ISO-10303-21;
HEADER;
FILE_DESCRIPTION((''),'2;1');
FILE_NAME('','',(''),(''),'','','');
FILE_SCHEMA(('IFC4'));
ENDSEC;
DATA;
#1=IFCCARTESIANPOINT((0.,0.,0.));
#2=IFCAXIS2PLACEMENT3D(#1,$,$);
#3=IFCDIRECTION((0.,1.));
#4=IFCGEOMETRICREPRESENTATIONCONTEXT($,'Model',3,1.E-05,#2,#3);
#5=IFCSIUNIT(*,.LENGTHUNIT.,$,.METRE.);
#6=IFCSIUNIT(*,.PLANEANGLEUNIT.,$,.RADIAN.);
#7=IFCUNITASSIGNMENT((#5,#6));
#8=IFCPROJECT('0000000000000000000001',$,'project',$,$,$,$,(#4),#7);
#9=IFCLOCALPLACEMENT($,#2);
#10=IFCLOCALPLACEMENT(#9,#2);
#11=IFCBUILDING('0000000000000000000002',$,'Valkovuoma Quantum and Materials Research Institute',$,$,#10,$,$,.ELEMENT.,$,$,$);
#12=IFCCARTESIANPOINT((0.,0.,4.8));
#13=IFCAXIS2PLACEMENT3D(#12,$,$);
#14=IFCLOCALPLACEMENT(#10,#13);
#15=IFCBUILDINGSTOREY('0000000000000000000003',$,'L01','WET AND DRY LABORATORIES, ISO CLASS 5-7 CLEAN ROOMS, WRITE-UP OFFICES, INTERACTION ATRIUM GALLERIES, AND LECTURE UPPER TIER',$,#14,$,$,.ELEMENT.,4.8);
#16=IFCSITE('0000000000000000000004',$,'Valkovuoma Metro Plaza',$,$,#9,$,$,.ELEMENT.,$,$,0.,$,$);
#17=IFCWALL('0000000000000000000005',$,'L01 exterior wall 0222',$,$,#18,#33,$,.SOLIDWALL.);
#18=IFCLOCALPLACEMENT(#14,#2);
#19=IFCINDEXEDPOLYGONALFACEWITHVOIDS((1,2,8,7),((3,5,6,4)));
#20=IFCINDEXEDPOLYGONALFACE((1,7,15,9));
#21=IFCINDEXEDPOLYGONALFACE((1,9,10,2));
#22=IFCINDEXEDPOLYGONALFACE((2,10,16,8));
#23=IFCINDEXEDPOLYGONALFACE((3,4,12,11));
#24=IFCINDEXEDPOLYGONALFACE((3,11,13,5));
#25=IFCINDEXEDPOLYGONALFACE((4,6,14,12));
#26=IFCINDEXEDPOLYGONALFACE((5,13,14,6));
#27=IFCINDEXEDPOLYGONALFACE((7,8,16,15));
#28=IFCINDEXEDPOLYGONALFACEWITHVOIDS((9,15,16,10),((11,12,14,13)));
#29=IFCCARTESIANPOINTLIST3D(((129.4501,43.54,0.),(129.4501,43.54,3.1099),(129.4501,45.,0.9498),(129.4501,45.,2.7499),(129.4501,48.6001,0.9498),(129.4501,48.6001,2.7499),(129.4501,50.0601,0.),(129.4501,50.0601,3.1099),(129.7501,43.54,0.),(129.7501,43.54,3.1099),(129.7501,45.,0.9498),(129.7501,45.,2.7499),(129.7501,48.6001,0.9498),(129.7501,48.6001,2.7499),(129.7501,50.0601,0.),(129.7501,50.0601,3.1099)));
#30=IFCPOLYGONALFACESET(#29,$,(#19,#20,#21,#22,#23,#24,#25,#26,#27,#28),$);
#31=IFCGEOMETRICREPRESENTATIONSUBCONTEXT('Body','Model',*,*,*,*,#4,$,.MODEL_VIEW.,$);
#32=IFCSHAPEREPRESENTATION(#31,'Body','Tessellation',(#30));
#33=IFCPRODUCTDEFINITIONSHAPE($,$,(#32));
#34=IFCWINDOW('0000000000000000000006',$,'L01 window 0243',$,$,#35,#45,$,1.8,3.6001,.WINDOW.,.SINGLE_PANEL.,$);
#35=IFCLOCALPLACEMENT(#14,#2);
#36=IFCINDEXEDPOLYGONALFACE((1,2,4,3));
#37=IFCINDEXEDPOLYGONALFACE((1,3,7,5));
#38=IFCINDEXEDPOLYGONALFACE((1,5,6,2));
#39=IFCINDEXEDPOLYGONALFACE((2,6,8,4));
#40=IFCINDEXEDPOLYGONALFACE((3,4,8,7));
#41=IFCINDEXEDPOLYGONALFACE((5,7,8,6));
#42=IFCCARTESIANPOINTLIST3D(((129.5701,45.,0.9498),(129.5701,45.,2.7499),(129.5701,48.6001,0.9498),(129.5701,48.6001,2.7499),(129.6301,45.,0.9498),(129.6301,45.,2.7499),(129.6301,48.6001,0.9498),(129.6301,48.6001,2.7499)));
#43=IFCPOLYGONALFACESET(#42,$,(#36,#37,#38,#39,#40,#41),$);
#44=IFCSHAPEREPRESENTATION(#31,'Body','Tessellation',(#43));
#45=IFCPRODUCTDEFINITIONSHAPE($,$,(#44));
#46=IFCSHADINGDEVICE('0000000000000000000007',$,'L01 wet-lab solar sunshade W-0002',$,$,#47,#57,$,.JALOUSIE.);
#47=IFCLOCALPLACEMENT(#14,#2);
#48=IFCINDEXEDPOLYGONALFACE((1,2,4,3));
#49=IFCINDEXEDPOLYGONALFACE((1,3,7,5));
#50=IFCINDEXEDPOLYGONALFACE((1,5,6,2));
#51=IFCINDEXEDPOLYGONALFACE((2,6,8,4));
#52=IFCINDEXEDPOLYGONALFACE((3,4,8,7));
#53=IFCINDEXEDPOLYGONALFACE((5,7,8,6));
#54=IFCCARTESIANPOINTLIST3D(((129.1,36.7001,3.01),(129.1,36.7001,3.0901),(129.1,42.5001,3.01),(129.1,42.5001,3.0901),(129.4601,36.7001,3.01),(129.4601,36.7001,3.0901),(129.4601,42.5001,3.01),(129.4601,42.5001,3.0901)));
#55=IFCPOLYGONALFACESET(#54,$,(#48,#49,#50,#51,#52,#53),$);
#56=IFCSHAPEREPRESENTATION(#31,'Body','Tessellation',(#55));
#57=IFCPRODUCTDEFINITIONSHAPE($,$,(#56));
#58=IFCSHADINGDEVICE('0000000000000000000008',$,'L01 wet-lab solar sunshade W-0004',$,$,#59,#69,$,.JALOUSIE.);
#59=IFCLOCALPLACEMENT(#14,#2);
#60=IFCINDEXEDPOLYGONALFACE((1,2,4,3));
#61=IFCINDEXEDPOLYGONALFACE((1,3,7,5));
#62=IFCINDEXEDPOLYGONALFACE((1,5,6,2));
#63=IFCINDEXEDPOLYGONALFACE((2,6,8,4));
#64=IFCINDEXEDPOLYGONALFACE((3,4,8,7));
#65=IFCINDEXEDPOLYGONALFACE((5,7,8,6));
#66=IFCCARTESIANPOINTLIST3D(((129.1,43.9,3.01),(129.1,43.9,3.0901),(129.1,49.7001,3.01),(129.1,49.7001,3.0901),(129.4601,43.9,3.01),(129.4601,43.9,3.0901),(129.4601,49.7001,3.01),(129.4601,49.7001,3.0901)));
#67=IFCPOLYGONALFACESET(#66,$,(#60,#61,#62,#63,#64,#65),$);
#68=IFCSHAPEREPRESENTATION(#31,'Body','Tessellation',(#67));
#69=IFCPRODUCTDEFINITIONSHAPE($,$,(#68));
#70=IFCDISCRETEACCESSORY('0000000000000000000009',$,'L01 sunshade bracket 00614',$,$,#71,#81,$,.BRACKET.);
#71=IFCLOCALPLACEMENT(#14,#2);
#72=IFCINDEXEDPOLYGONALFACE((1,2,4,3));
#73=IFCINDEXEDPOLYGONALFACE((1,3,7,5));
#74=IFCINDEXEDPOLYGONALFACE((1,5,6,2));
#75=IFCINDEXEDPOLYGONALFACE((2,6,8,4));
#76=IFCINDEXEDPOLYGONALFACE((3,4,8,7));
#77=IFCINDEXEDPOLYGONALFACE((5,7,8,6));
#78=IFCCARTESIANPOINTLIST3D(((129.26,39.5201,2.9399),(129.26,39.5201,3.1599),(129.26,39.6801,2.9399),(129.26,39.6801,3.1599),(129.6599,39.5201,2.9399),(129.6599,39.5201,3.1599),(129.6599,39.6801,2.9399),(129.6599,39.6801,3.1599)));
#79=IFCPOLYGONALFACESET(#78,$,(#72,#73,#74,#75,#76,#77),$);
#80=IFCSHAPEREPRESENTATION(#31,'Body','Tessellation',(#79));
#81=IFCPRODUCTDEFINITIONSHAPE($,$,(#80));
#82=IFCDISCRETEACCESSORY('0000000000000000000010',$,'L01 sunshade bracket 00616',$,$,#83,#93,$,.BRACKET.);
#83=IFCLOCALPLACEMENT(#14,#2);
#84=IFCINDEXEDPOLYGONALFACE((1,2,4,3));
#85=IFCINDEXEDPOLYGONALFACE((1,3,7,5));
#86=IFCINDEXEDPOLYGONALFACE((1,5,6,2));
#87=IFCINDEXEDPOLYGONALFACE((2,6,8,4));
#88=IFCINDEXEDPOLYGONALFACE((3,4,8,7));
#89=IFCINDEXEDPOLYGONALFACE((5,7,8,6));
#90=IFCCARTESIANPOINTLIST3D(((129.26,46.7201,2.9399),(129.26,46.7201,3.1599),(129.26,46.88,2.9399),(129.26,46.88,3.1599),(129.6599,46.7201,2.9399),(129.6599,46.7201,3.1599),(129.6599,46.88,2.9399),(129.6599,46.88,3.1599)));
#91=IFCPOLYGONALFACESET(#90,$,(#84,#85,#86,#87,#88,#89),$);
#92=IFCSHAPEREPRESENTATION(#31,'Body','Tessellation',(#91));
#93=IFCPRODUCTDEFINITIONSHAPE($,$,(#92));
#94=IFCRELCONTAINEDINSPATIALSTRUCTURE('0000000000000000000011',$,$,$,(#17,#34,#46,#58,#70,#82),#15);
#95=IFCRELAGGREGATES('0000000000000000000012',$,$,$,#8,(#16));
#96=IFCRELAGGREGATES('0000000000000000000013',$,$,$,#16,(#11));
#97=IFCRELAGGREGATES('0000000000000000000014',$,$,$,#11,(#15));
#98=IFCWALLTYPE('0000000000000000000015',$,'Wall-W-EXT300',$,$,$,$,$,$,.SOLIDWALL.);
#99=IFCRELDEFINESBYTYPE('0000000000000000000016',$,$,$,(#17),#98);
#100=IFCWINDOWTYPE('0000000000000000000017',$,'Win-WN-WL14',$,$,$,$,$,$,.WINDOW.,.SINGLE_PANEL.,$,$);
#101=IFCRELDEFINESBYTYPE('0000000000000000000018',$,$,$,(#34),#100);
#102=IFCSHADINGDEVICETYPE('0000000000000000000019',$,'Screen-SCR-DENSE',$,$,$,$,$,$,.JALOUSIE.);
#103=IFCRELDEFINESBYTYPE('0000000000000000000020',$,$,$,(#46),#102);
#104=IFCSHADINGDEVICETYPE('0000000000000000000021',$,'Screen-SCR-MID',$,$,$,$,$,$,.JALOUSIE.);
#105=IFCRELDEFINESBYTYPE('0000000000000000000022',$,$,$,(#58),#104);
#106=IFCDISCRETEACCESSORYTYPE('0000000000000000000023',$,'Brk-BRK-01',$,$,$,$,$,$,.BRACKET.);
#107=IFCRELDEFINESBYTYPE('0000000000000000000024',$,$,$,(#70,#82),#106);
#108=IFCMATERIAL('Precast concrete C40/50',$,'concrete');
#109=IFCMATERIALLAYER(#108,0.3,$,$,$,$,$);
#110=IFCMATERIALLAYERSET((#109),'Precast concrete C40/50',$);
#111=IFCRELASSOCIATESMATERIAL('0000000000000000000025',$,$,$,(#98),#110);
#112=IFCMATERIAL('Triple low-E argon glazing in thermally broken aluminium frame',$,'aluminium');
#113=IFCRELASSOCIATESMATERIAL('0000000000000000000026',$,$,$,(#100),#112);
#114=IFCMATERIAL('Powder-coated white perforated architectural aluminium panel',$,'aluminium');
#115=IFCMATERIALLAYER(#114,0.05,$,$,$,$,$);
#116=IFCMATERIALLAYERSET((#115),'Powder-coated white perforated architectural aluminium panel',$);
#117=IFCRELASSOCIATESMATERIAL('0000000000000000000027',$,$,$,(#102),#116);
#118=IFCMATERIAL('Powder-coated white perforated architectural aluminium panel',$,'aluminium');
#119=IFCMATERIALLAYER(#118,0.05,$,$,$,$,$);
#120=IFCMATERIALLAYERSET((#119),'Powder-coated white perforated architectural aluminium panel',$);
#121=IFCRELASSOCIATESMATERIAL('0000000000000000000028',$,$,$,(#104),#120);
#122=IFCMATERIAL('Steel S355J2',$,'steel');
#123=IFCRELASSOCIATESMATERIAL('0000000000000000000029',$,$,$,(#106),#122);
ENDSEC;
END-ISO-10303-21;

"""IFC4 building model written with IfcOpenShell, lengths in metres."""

from ifc_helpers import new_model, si_unit, direction, frame, frame_2d, origin, origin_2d, place, context, subcontext, project, spatial, rectangle, extrude, material, layer, layer_set, type_object, element, fill, save


model = new_model("IFC4")

# Units and contexts
model_context = context("Model", 3, precision=1e-05, world=origin(), true_north=direction((0.0, 1.0)))
body_context = subcontext(model_context, "Body", "Model", "MODEL_VIEW")
ifc_project = project(units=[si_unit("LENGTHUNIT", "METRE"), si_unit("PLANEANGLEUNIT", "RADIAN")], contexts=[model_context])

# Site, building, storey
site_placement = place(None, origin())
site = spatial("IfcSite", under=ifc_project, at=site_placement, Name="Valkovuoma Metro Plaza", CompositionType="ELEMENT", RefElevation=0.0)
building_placement = place(site_placement, origin())
building = spatial("IfcBuilding", under=site, at=building_placement, Name="Valkovuoma Quantum and Materials Research Institute", CompositionType="ELEMENT")
storey_placement = place(building_placement, frame((0.0, 0.0, 4.8)))
storey = spatial("IfcBuildingStorey", under=building, at=storey_placement, Name="L01", Description="WET AND DRY LABORATORIES, ISO CLASS 5-7 CLEAN ROOMS, WRITE-UP OFFICES, INTERACTION ATRIUM GALLERIES, AND LECTURE UPPER TIER", CompositionType="ELEMENT", Elevation=4.8)

# Wall, opening, window
ifc_material_1 = material(Name="Precast concrete C40/50", Category="concrete")
ifc_layer_1 = layer(ifc_material_1, 0.3)
ifc_layer_set_1 = layer_set([ifc_layer_1], Name="Precast concrete C40/50")
wall_type = type_object("IfcWallType", Name="Wall-W-EXT300", PredefinedType="SOLIDWALL", material=ifc_layer_set_1)
wall_1_placement = place(storey_placement, frame((129.6001, 43.54, 0.0), z_axis=(0.0, 0.0, 1.0), x_axis=(0.0, 1.0, 0.0)))
wall_1 = element("IfcWall", 1, at=wall_1_placement, inside=storey, type_object=wall_type, Name="L01 exterior wall 0222", PredefinedType="SOLIDWALL", context=body_context, shape_type="SweptSolid", body=[
    extrude(rectangle(XDim=6.52, YDim=0.3, at=frame_2d((3.26, 0.0))), origin(), (0.0, 0.0, 1.0), 3.1099),
])
opening_1_placement = place(wall_1_placement, frame((1.46, 0.0, 0.95)))
opening_1 = element("IfcOpeningElement", 2, at=opening_1_placement, cuts=wall_1, PredefinedType="OPENING", context=body_context, shape_type="SweptSolid", body=[
    extrude(rectangle(XDim=3.6001, YDim=1.8, at=frame_2d((1.8, 0.8999))), frame((0.0, 0.1602, 0.0), z_axis=(0.0, -1.0, 0.0), x_axis=(1.0, 0.0, 0.0)), (0.0, 0.0, 1.0), 0.3201),
])
ifc_material_2 = material(Name="Triple low-E argon glazing in thermally broken aluminium frame", Category="aluminium")
window_type_1 = type_object("IfcWindowType", Name="Win-WN-WL14", PartitioningType="SINGLE_PANEL", PredefinedType="WINDOW", material=ifc_material_2)
window_1_placement = place(opening_1_placement, origin())
window_1 = element("IfcWindow", 3, at=window_1_placement, inside=storey, type_object=window_type_1, Name="L01 window 0243", OverallHeight=1.8, OverallWidth=3.6001, PartitioningType="SINGLE_PANEL", PredefinedType="WINDOW", context=body_context, shape_type="SweptSolid", body=[
    extrude(rectangle(XDim=3.6001, YDim=1.8, at=frame_2d((1.8, 0.8999))), frame((0.0, 0.03, 0.0), z_axis=(0.0, -1.0, 0.0), x_axis=(1.0, 0.0, 0.0)), (0.0, 0.0, 1.0), 0.0601),
])
fill(opening_1, window_1)

# Shading devices
ifc_material_3 = material(Name="Powder-coated white perforated architectural aluminium panel", Category="aluminium")
ifc_layer_2 = layer(ifc_material_3, 0.05)
ifc_layer_set_2 = layer_set([ifc_layer_2], Name="Powder-coated white perforated architectural aluminium panel")
shading_device_type_1 = type_object("IfcShadingDeviceType", Name="Screen-SCR-DENSE", PredefinedType="JALOUSIE", material=ifc_layer_set_2)
shading_device_1_placement = place(storey_placement, frame((129.28, 39.6001, 3.01), z_axis=(0.0, 0.0, 1.0), x_axis=(1.0, 0.0, 0.0)))
element("IfcShadingDevice", 4, at=shading_device_1_placement, inside=storey, type_object=shading_device_type_1, Name="L01 wet-lab solar sunshade W-0002", PredefinedType="JALOUSIE", context=body_context, shape_type="SweptSolid", body=[
    extrude(rectangle(XDim=0.3601, YDim=5.8, at=origin_2d()), origin(), (0.0, 0.0, 1.0), 0.0801),
])
ifc_material_4 = material(Name="Powder-coated white perforated architectural aluminium panel", Category="aluminium")
ifc_layer_3 = layer(ifc_material_4, 0.05)
ifc_layer_set_3 = layer_set([ifc_layer_3], Name="Powder-coated white perforated architectural aluminium panel")
shading_device_type_2 = type_object("IfcShadingDeviceType", Name="Screen-SCR-MID", PredefinedType="JALOUSIE", material=ifc_layer_set_3)
shading_device_2_placement = place(storey_placement, frame((129.28, 46.8, 3.01), z_axis=(0.0, 0.0, 1.0), x_axis=(1.0, 0.0, 0.0)))
element("IfcShadingDevice", 5, at=shading_device_2_placement, inside=storey, type_object=shading_device_type_2, Name="L01 wet-lab solar sunshade W-0004", PredefinedType="JALOUSIE", context=body_context, shape_type="SweptSolid", body=[
    extrude(rectangle(XDim=0.3601, YDim=5.8, at=origin_2d()), origin(), (0.0, 0.0, 1.0), 0.0801),
])

# Discrete accessories
ifc_material_5 = material(Name="Steel S355J2", Category="steel")
discrete_accessory_type = type_object("IfcDiscreteAccessoryType", Name="Brk-BRK-01", PredefinedType="BRACKET", material=ifc_material_5)
for number, where, z_axis, x_axis, name in (
    (6, (129.46, 39.6001, 2.9399), (0.0, 0.0, 1.0), (1.0, 0.0, 0.0), "L01 sunshade bracket 00614"),
    (7, (129.46, 46.8, 2.9399), (0.0, 0.0, 1.0), (1.0, 0.0, 0.0), "L01 sunshade bracket 00616"),
):
    element("IfcDiscreteAccessory", number, at=place(storey_placement, frame(where, z_axis=z_axis, x_axis=x_axis)), inside=storey, type_object=discrete_accessory_type, Name=name, PredefinedType="BRACKET", context=body_context, shape_type="SweptSolid", body=[
        extrude(rectangle(XDim=0.3999, YDim=0.1599, at=origin_2d()), origin(), (0.0, 0.0, 1.0), 0.22),
    ])

save(model, "model.ifc")
